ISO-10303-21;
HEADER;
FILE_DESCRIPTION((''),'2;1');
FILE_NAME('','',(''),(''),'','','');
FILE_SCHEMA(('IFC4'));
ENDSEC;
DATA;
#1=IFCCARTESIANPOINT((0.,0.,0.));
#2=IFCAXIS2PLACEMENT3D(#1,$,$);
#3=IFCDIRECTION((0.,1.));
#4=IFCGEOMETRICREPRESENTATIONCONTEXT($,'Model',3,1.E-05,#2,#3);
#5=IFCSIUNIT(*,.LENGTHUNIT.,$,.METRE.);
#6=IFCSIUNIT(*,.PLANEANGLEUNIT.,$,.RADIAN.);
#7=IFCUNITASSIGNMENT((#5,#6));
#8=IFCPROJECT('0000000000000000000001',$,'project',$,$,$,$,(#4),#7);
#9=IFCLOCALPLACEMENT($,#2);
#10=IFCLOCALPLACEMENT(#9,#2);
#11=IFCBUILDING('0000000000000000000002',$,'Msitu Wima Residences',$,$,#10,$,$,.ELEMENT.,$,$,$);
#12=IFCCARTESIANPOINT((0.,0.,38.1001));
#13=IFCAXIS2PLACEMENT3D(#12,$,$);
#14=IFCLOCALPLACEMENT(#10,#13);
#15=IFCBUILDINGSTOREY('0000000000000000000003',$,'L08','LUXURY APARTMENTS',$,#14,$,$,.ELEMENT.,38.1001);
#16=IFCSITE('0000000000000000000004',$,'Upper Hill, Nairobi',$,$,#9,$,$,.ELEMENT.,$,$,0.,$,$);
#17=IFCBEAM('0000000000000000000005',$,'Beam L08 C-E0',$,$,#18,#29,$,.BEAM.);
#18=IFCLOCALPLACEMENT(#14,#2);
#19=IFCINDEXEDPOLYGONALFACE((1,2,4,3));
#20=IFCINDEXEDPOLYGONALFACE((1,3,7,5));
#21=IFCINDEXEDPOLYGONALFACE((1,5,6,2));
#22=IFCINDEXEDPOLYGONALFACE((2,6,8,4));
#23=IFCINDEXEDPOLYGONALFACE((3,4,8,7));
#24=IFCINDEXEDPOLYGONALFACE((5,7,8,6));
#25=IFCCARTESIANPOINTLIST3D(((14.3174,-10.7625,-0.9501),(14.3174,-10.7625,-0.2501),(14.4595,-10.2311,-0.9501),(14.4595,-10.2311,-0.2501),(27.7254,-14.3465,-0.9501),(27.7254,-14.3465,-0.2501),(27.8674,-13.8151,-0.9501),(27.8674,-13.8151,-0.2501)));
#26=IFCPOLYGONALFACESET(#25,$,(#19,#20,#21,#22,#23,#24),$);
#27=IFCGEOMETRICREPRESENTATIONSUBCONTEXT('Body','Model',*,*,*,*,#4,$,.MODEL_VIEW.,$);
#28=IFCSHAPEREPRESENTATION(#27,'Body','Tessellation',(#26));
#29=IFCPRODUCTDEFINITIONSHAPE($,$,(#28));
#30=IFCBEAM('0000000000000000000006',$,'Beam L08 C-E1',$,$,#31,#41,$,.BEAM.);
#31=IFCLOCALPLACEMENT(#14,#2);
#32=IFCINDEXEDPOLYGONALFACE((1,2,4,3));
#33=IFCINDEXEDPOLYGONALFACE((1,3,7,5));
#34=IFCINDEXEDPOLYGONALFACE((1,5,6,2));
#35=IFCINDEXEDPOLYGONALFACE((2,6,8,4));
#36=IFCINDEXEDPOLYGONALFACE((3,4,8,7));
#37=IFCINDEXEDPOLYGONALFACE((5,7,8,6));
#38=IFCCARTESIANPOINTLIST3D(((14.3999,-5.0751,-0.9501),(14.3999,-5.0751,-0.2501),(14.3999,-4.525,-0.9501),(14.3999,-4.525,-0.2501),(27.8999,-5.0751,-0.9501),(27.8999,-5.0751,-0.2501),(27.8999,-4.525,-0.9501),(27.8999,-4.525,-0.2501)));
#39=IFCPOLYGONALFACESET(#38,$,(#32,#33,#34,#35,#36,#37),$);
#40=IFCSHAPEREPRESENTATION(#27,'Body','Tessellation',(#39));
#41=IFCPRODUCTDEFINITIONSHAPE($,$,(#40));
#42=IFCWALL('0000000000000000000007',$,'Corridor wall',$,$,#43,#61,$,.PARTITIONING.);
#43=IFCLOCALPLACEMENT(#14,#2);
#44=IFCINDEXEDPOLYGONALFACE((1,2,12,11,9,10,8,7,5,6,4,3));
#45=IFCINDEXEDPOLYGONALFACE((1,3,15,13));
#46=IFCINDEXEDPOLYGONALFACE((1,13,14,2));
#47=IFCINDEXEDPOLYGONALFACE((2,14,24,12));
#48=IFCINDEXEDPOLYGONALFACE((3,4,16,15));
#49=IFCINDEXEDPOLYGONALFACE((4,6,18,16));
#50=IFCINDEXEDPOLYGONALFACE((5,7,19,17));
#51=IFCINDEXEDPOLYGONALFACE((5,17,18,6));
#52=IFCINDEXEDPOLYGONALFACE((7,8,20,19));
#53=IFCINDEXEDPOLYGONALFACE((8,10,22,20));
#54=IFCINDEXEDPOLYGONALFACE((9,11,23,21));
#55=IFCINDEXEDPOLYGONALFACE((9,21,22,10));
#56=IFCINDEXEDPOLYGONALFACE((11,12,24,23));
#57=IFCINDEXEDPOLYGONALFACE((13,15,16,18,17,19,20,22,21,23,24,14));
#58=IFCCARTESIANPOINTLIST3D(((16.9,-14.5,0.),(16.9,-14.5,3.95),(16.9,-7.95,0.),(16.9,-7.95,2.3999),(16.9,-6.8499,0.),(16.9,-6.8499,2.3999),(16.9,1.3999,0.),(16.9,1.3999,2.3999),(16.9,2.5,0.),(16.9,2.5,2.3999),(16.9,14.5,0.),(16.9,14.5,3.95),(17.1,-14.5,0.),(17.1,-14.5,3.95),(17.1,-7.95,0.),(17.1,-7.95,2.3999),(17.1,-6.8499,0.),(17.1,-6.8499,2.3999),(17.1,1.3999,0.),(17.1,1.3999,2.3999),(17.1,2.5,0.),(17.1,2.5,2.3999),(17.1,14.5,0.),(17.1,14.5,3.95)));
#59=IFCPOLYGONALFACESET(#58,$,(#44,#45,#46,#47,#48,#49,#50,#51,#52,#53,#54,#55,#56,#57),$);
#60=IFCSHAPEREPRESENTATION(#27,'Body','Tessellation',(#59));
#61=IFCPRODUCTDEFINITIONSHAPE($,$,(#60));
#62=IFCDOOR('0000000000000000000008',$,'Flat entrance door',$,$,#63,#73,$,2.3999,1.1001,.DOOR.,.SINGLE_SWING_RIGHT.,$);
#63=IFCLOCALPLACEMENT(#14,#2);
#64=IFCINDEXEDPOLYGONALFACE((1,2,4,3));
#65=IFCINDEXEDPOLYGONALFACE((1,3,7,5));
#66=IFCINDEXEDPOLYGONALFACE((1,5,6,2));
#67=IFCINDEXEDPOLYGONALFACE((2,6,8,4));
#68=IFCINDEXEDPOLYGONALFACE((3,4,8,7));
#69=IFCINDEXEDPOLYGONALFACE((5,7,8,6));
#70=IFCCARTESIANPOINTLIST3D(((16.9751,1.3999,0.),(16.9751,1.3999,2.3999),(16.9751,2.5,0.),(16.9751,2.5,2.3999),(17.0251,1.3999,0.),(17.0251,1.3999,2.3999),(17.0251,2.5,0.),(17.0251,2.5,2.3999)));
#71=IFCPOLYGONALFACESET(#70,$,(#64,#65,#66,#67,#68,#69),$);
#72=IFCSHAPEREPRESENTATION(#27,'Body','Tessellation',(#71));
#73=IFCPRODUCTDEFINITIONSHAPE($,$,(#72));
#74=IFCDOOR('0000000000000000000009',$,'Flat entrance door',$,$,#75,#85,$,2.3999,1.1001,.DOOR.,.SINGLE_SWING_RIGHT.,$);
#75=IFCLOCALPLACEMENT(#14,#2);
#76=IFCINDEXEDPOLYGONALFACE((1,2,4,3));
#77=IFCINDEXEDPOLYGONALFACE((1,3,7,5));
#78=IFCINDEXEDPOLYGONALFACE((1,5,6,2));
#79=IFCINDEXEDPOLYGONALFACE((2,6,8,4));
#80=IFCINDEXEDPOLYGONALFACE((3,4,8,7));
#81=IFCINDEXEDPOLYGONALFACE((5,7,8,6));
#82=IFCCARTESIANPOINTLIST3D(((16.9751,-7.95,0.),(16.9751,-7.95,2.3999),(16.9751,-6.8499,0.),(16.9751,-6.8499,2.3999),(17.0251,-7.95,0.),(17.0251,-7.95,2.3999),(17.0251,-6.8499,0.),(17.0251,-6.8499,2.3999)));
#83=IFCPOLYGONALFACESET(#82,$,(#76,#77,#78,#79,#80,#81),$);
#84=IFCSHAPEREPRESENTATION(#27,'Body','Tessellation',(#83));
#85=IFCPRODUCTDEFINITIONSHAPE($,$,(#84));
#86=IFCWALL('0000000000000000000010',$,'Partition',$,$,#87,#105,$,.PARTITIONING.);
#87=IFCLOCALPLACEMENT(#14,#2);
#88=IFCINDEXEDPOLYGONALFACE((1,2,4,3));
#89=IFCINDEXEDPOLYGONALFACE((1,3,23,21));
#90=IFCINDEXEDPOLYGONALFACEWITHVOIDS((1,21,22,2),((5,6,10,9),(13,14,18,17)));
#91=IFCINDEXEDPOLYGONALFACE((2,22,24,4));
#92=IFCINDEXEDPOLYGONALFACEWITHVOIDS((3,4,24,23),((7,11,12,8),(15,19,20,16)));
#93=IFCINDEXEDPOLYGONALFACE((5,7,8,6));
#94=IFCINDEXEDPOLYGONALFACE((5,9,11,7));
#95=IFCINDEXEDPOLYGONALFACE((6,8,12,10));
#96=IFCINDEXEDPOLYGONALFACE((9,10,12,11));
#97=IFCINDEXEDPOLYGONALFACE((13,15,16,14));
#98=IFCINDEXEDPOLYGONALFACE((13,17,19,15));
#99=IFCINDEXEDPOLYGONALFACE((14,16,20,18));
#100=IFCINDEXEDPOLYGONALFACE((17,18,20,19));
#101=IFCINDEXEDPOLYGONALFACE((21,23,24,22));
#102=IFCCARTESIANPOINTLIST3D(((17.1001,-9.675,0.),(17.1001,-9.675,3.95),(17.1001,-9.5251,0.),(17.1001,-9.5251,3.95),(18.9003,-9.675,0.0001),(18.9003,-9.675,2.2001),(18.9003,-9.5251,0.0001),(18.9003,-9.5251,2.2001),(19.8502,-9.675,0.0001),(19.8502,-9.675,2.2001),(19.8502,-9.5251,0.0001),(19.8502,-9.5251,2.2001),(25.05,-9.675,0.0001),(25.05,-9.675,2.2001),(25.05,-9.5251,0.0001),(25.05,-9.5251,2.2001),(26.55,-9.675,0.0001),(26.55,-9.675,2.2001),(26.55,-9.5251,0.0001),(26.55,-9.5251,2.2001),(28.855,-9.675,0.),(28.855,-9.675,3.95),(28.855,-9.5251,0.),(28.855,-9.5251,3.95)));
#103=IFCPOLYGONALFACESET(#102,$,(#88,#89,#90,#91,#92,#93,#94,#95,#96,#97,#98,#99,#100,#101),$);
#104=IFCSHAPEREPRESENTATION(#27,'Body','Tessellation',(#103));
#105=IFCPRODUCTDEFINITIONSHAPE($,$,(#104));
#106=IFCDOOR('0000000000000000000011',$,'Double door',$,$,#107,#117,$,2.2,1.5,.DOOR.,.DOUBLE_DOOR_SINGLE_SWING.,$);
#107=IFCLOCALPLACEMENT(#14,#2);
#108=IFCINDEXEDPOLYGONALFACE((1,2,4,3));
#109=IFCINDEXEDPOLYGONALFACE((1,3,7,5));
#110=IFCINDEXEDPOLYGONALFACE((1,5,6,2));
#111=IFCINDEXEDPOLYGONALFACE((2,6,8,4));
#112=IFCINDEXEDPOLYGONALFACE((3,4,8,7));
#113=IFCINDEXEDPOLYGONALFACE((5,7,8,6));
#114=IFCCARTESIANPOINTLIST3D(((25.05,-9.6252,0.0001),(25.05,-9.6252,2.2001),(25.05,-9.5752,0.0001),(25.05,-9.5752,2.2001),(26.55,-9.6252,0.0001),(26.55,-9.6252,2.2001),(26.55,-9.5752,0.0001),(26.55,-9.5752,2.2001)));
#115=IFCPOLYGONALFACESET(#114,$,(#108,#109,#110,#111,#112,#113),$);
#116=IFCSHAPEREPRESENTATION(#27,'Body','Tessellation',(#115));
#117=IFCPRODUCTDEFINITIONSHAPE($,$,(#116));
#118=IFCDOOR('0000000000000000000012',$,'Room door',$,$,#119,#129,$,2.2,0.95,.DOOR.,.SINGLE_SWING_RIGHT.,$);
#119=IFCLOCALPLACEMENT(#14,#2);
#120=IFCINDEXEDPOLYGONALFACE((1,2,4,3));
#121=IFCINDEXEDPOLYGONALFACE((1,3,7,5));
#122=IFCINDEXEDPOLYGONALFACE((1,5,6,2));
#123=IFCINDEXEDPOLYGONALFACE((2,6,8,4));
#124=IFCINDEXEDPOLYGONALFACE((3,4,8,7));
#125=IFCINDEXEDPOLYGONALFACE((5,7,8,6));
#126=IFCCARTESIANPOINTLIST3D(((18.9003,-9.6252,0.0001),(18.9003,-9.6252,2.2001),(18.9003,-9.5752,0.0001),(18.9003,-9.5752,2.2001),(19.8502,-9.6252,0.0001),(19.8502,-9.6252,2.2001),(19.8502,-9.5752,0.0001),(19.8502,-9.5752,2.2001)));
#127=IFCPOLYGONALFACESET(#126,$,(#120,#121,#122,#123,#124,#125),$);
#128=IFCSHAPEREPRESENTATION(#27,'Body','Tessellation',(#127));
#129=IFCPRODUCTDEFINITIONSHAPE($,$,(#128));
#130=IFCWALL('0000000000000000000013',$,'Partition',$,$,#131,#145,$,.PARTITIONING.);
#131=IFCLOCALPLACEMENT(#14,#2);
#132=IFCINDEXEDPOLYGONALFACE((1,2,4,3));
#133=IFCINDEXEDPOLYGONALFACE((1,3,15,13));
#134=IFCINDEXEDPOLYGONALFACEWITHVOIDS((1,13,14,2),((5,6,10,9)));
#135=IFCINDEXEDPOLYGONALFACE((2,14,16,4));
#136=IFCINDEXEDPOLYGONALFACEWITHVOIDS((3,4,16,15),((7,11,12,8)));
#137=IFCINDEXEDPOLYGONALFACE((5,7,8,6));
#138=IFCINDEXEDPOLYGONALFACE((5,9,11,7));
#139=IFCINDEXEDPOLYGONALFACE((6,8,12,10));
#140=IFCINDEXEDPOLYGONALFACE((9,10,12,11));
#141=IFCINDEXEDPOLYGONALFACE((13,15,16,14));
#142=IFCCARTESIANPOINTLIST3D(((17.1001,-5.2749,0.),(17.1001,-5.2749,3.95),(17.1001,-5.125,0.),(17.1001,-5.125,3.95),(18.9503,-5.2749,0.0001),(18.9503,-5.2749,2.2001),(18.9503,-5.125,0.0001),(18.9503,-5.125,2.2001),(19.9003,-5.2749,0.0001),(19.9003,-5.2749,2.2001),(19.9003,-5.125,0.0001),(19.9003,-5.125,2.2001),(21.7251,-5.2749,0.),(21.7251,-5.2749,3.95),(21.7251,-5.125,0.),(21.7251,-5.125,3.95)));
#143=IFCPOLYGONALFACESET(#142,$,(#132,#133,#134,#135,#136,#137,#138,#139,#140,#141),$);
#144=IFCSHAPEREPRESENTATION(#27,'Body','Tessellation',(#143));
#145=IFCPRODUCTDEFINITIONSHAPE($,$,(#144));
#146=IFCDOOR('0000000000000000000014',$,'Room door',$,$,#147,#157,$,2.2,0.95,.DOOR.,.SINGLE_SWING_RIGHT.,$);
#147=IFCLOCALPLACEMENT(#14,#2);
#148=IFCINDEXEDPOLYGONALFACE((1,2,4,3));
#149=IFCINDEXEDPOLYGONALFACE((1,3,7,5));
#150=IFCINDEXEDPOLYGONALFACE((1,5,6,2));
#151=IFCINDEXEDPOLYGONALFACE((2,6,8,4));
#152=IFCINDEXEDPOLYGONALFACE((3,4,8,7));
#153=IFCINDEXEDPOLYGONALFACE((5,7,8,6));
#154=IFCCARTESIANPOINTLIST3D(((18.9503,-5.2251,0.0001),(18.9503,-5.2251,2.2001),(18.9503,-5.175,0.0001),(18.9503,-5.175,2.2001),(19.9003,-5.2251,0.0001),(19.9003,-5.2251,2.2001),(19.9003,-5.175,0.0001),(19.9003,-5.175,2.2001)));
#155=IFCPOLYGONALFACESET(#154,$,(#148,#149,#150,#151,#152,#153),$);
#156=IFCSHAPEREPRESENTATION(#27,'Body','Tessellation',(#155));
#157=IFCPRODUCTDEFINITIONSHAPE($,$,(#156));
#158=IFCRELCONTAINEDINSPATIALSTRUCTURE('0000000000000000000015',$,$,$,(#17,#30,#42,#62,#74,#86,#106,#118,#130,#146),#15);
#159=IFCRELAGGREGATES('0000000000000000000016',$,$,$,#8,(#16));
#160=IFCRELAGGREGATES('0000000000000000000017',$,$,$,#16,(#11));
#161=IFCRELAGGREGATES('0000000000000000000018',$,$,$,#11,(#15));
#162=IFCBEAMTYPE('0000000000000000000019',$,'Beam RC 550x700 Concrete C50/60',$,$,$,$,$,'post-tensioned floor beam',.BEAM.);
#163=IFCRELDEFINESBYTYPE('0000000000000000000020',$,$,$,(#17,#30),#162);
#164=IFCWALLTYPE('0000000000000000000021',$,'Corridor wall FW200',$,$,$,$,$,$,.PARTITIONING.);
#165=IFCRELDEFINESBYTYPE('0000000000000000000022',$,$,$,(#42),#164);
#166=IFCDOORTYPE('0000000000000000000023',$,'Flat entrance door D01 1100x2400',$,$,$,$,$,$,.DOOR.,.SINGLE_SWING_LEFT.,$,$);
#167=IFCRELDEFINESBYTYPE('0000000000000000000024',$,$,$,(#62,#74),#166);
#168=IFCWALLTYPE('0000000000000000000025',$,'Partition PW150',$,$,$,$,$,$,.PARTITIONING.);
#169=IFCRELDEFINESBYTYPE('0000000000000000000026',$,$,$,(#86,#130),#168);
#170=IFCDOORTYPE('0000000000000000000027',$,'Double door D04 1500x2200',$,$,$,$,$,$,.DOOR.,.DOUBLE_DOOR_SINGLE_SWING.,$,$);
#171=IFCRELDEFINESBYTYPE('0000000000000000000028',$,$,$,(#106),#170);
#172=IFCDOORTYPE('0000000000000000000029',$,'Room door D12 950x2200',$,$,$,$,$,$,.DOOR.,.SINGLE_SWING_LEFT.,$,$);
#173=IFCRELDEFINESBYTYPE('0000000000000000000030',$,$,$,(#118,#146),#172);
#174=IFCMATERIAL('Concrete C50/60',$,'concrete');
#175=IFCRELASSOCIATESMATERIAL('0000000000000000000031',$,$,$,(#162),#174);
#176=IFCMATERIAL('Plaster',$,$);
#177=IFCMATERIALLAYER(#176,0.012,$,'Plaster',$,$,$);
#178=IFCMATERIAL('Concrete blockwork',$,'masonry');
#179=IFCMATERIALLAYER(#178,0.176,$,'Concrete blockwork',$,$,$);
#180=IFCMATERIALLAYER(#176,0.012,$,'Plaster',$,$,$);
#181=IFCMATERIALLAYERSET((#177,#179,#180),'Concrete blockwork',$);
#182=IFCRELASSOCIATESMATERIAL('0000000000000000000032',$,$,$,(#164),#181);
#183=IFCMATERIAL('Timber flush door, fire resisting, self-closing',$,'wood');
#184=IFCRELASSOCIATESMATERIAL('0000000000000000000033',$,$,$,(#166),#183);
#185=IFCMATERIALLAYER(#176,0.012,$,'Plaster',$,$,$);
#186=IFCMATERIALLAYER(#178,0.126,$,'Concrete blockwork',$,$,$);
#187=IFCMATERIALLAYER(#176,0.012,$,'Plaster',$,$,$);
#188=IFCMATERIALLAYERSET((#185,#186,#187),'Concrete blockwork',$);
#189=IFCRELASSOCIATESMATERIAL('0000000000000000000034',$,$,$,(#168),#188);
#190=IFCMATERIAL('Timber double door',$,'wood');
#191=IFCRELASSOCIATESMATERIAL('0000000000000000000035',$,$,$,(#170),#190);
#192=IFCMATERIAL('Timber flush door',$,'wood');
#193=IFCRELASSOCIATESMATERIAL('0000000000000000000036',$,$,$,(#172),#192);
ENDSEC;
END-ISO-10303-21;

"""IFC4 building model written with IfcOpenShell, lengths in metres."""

from ifc_helpers import new_model, si_unit, direction, frame, frame_2d, origin, origin_2d, place, context, subcontext, project, spatial, rectangle, extrude, material, layer, layer_set, material_profile, profile_set, type_object, element, fill, save


model = new_model("IFC4")

# Units and contexts
model_context = context("Model", 3, precision=1e-05, world=origin(), true_north=direction((0.0, 1.0)))
body_context = subcontext(model_context, "Body", "Model", "MODEL_VIEW")
ifc_project = project(units=[si_unit("LENGTHUNIT", "METRE"), si_unit("PLANEANGLEUNIT", "RADIAN")], contexts=[model_context])

# Site, building, storey
site_placement = place(None, origin())
site = spatial("IfcSite", under=ifc_project, at=site_placement, Name="Upper Hill, Nairobi", CompositionType="ELEMENT", RefElevation=0.0)
building_placement = place(site_placement, origin())
building = spatial("IfcBuilding", under=site, at=building_placement, Name="Msitu Wima Residences", CompositionType="ELEMENT")
storey_placement = place(building_placement, frame((0.0, 0.0, 38.1001)))
storey = spatial("IfcBuildingStorey", under=building, at=storey_placement, Name="L08", Description="LUXURY APARTMENTS", CompositionType="ELEMENT", Elevation=38.1001)

# Beams
ifc_material_1 = material(Name="Concrete C50/60", Category="concrete")
ifc_material_profile = material_profile(ifc_material_1, rectangle(XDim=0.55, YDim=0.7, at=origin_2d()), Name="RC 550x700")
ifc_profile_set = profile_set([ifc_material_profile], Name="Concrete C50/60")
beam_type = type_object("IfcBeamType", Name="Beam RC 550x700 Concrete C50/60", ElementType="post-tensioned floor beam", PredefinedType="BEAM", material=ifc_profile_set)
beam_1_placement = place(storey_placement, frame((27.7964, -14.0808, -0.6001), z_axis=(-0.966082, 0.258236, 0.0), x_axis=(-0.258236, -0.966082, 0.0)))
element("IfcBeam", 1, at=beam_1_placement, inside=storey, type_object=beam_type, Name="Beam L08 C-E0", PredefinedType="BEAM", context=body_context, shape_type="SweptSolid", body=[
    extrude(rectangle(XDim=0.55, YDim=0.7, at=origin_2d()), origin(), (0.0, 0.0, 1.0), 13.8787),
])
beam_2_placement = place(storey_placement, frame((27.8999, -4.8, -0.6001), z_axis=(-1.0, 0.0, 0.0), x_axis=(0.0, -1.0, 0.0)))
element("IfcBeam", 2, at=beam_2_placement, inside=storey, type_object=beam_type, Name="Beam L08 C-E1", PredefinedType="BEAM", context=body_context, shape_type="SweptSolid", body=[
    extrude(rectangle(XDim=0.55, YDim=0.7, at=origin_2d()), origin(), (0.0, 0.0, 1.0), 13.5),
])

# Walls, openings, doors
ifc_material_2 = material(Name="Plaster")
ifc_layer_1 = layer(ifc_material_2, 0.012, Name="Plaster")
ifc_material_3 = material(Name="Concrete blockwork", Category="masonry")
ifc_layer_2 = layer(ifc_material_3, 0.176, Name="Concrete blockwork")
ifc_layer_3 = layer(ifc_material_2, 0.012, Name="Plaster")
ifc_layer_set_1 = layer_set([ifc_layer_1, ifc_layer_2, ifc_layer_3], Name="Concrete blockwork")
wall_type_1 = type_object("IfcWallType", Name="Corridor wall FW200", PredefinedType="PARTITIONING", material=ifc_layer_set_1)
wall_1_placement = place(storey_placement, frame((17.0, -14.5, 0.0), z_axis=(0.0, 0.0, 1.0), x_axis=(0.0, 1.0, 0.0)))
wall_1 = element("IfcWall", 3, at=wall_1_placement, inside=storey, type_object=wall_type_1, Name="Corridor wall", PredefinedType="PARTITIONING", context=body_context, shape_type="SweptSolid", body=[
    extrude(rectangle(XDim=29.0, YDim=0.2, at=frame_2d((14.5, 0.0))), origin(), (0.0, 0.0, 1.0), 3.95),
])
opening_1_placement = place(wall_1_placement, frame((15.8999, 0.0, 0.0)))
opening_1 = element("IfcOpeningElement", 4, at=opening_1_placement, cuts=wall_1, PredefinedType="OPENING", context=body_context, shape_type="SweptSolid", body=[
    extrude(rectangle(XDim=1.1001, YDim=2.3999, at=frame_2d((0.55, 1.2))), frame((0.0, 0.1099, 0.0), z_axis=(0.0, -1.0, 0.0), x_axis=(1.0, 0.0, 0.0)), (0.0, 0.0, 1.0), 0.22),
])
opening_2_placement = place(wall_1_placement, frame((6.55, 0.0, 0.0)))
opening_2 = element("IfcOpeningElement", 5, at=opening_2_placement, cuts=wall_1, PredefinedType="OPENING", context=body_context, shape_type="SweptSolid", body=[
    extrude(rectangle(XDim=1.1001, YDim=2.3999, at=frame_2d((0.55, 1.2))), frame((0.0, 0.1099, 0.0), z_axis=(0.0, -1.0, 0.0), x_axis=(1.0, 0.0, 0.0)), (0.0, 0.0, 1.0), 0.22),
])
ifc_material_4 = material(Name="Timber flush door, fire resisting, self-closing", Category="wood")
door_type_1 = type_object("IfcDoorType", Name="Flat entrance door D01 1100x2400", OperationType="SINGLE_SWING_LEFT", PredefinedType="DOOR", material=ifc_material_4)
door_1_placement = place(opening_1_placement, origin())
door_1 = element("IfcDoor", 6, at=door_1_placement, inside=storey, type_object=door_type_1, Name="Flat entrance door", OperationType="SINGLE_SWING_RIGHT", OverallHeight=2.3999, OverallWidth=1.1001, PredefinedType="DOOR", context=body_context, shape_type="SweptSolid", body=[
    extrude(rectangle(XDim=1.1001, YDim=2.3999, at=frame_2d((0.55, 1.2))), frame((0.0, 0.0249, 0.0), z_axis=(0.0, -1.0, 0.0), x_axis=(1.0, 0.0, 0.0)), (0.0, 0.0, 1.0), 0.05),
])
fill(opening_1, door_1)
door_2_placement = place(opening_2_placement, origin())
door_2 = element("IfcDoor", 7, at=door_2_placement, inside=storey, type_object=door_type_1, Name="Flat entrance door", OperationType="SINGLE_SWING_RIGHT", OverallHeight=2.3999, OverallWidth=1.1001, PredefinedType="DOOR", context=body_context, shape_type="SweptSolid", body=[
    extrude(rectangle(XDim=1.1001, YDim=2.3999, at=frame_2d((0.55, 1.2))), frame((0.0, 0.0249, 0.0), z_axis=(0.0, -1.0, 0.0), x_axis=(1.0, 0.0, 0.0)), (0.0, 0.0, 1.0), 0.05),
])
fill(opening_2, door_2)
ifc_layer_4 = layer(ifc_material_2, 0.012, Name="Plaster")
ifc_layer_5 = layer(ifc_material_3, 0.126, Name="Concrete blockwork")
ifc_layer_6 = layer(ifc_material_2, 0.012, Name="Plaster")
ifc_layer_set_2 = layer_set([ifc_layer_4, ifc_layer_5, ifc_layer_6], Name="Concrete blockwork")
wall_type_2 = type_object("IfcWallType", Name="Partition PW150", PredefinedType="PARTITIONING", material=ifc_layer_set_2)
wall_2_placement = place(storey_placement, frame((17.1001, -9.6001, 0.0), z_axis=(0.0, 0.0, 1.0), x_axis=(1.0, 0.0, 0.0)))
wall_2 = element("IfcWall", 8, at=wall_2_placement, inside=storey, type_object=wall_type_2, Name="Partition", PredefinedType="PARTITIONING", context=body_context, shape_type="SweptSolid", body=[
    extrude(rectangle(XDim=11.7549, YDim=0.1499, at=frame_2d((5.8774, 0.0))), origin(), (0.0, 0.0, 1.0), 3.95),
])
opening_3_placement = place(wall_2_placement, frame((1.8, 0.0, 0.0)))
opening_3 = element("IfcOpeningElement", 9, at=opening_3_placement, cuts=wall_2, PredefinedType="OPENING", context=body_context, shape_type="SweptSolid", body=[
    extrude(rectangle(XDim=0.95, YDim=2.2, at=frame_2d((0.4751, 1.1001))), frame((0.0, 0.085, 0.0), z_axis=(0.0, -1.0, 0.0), x_axis=(1.0, 0.0, 0.0)), (0.0, 0.0, 1.0), 0.1699),
])
opening_4_placement = place(wall_2_placement, frame((7.95, 0.0, 0.0)))
opening_4 = element("IfcOpeningElement", 10, at=opening_4_placement, cuts=wall_2, PredefinedType="OPENING", context=body_context, shape_type="SweptSolid", body=[
    extrude(rectangle(XDim=1.5, YDim=2.2, at=frame_2d((0.75, 1.1001))), frame((0.0, 0.085, 0.0), z_axis=(0.0, -1.0, 0.0), x_axis=(1.0, 0.0, 0.0)), (0.0, 0.0, 1.0), 0.1699),
])
ifc_material_5 = material(Name="Timber double door", Category="wood")
door_type_2 = type_object("IfcDoorType", Name="Double door D04 1500x2200", OperationType="DOUBLE_DOOR_SINGLE_SWING", PredefinedType="DOOR", material=ifc_material_5)
door_3_placement = place(opening_4_placement, origin())
door_3 = element("IfcDoor", 11, at=door_3_placement, inside=storey, type_object=door_type_2, Name="Double door", OperationType="DOUBLE_DOOR_SINGLE_SWING", OverallHeight=2.2, OverallWidth=1.5, PredefinedType="DOOR", context=body_context, shape_type="SweptSolid", body=[
    extrude(rectangle(XDim=1.5, YDim=2.2, at=frame_2d((0.75, 1.1001))), frame((0.0, 0.0249, 0.0), z_axis=(0.0, -1.0, 0.0), x_axis=(1.0, 0.0, 0.0)), (0.0, 0.0, 1.0), 0.05),
])
fill(opening_4, door_3)
ifc_material_6 = material(Name="Timber flush door", Category="wood")
door_type_3 = type_object("IfcDoorType", Name="Room door D12 950x2200", OperationType="SINGLE_SWING_LEFT", PredefinedType="DOOR", material=ifc_material_6)
door_4_placement = place(opening_3_placement, origin())
door_4 = element("IfcDoor", 12, at=door_4_placement, inside=storey, type_object=door_type_3, Name="Room door", OperationType="SINGLE_SWING_RIGHT", OverallHeight=2.2, OverallWidth=0.95, PredefinedType="DOOR", context=body_context, shape_type="SweptSolid", body=[
    extrude(rectangle(XDim=0.95, YDim=2.2, at=frame_2d((0.4751, 1.1001))), frame((0.0, 0.0249, 0.0), z_axis=(0.0, -1.0, 0.0), x_axis=(1.0, 0.0, 0.0)), (0.0, 0.0, 1.0), 0.05),
])
fill(opening_3, door_4)

# Wall, opening, door
wall_3_placement = place(storey_placement, frame((17.1001, -5.2, 0.0), z_axis=(0.0, 0.0, 1.0), x_axis=(1.0, 0.0, 0.0)))
wall_3 = element("IfcWall", 13, at=wall_3_placement, inside=storey, type_object=wall_type_2, Name="Partition", PredefinedType="PARTITIONING", context=body_context, shape_type="SweptSolid", body=[
    extrude(rectangle(XDim=4.625, YDim=0.1499, at=frame_2d((2.3125, 0.0))), origin(), (0.0, 0.0, 1.0), 3.95),
])
opening_5_placement = place(wall_3_placement, frame((1.8501, 0.0, 0.0)))
opening_5 = element("IfcOpeningElement", 14, at=opening_5_placement, cuts=wall_3, PredefinedType="OPENING", context=body_context, shape_type="SweptSolid", body=[
    extrude(rectangle(XDim=0.95, YDim=2.2, at=frame_2d((0.4751, 1.1001))), frame((0.0, 0.085, 0.0), z_axis=(0.0, -1.0, 0.0), x_axis=(1.0, 0.0, 0.0)), (0.0, 0.0, 1.0), 0.1699),
])
door_5_placement = place(opening_5_placement, origin())
door_5 = element("IfcDoor", 15, at=door_5_placement, inside=storey, type_object=door_type_3, Name="Room door", OperationType="SINGLE_SWING_RIGHT", OverallHeight=2.2, OverallWidth=0.95, PredefinedType="DOOR", context=body_context, shape_type="SweptSolid", body=[
    extrude(rectangle(XDim=0.95, YDim=2.2, at=frame_2d((0.4751, 1.1001))), frame((0.0, 0.0249, 0.0), z_axis=(0.0, -1.0, 0.0), x_axis=(1.0, 0.0, 0.0)), (0.0, 0.0, 1.0), 0.05),
])
fill(opening_5, door_5)

save(model, "model.ifc")
